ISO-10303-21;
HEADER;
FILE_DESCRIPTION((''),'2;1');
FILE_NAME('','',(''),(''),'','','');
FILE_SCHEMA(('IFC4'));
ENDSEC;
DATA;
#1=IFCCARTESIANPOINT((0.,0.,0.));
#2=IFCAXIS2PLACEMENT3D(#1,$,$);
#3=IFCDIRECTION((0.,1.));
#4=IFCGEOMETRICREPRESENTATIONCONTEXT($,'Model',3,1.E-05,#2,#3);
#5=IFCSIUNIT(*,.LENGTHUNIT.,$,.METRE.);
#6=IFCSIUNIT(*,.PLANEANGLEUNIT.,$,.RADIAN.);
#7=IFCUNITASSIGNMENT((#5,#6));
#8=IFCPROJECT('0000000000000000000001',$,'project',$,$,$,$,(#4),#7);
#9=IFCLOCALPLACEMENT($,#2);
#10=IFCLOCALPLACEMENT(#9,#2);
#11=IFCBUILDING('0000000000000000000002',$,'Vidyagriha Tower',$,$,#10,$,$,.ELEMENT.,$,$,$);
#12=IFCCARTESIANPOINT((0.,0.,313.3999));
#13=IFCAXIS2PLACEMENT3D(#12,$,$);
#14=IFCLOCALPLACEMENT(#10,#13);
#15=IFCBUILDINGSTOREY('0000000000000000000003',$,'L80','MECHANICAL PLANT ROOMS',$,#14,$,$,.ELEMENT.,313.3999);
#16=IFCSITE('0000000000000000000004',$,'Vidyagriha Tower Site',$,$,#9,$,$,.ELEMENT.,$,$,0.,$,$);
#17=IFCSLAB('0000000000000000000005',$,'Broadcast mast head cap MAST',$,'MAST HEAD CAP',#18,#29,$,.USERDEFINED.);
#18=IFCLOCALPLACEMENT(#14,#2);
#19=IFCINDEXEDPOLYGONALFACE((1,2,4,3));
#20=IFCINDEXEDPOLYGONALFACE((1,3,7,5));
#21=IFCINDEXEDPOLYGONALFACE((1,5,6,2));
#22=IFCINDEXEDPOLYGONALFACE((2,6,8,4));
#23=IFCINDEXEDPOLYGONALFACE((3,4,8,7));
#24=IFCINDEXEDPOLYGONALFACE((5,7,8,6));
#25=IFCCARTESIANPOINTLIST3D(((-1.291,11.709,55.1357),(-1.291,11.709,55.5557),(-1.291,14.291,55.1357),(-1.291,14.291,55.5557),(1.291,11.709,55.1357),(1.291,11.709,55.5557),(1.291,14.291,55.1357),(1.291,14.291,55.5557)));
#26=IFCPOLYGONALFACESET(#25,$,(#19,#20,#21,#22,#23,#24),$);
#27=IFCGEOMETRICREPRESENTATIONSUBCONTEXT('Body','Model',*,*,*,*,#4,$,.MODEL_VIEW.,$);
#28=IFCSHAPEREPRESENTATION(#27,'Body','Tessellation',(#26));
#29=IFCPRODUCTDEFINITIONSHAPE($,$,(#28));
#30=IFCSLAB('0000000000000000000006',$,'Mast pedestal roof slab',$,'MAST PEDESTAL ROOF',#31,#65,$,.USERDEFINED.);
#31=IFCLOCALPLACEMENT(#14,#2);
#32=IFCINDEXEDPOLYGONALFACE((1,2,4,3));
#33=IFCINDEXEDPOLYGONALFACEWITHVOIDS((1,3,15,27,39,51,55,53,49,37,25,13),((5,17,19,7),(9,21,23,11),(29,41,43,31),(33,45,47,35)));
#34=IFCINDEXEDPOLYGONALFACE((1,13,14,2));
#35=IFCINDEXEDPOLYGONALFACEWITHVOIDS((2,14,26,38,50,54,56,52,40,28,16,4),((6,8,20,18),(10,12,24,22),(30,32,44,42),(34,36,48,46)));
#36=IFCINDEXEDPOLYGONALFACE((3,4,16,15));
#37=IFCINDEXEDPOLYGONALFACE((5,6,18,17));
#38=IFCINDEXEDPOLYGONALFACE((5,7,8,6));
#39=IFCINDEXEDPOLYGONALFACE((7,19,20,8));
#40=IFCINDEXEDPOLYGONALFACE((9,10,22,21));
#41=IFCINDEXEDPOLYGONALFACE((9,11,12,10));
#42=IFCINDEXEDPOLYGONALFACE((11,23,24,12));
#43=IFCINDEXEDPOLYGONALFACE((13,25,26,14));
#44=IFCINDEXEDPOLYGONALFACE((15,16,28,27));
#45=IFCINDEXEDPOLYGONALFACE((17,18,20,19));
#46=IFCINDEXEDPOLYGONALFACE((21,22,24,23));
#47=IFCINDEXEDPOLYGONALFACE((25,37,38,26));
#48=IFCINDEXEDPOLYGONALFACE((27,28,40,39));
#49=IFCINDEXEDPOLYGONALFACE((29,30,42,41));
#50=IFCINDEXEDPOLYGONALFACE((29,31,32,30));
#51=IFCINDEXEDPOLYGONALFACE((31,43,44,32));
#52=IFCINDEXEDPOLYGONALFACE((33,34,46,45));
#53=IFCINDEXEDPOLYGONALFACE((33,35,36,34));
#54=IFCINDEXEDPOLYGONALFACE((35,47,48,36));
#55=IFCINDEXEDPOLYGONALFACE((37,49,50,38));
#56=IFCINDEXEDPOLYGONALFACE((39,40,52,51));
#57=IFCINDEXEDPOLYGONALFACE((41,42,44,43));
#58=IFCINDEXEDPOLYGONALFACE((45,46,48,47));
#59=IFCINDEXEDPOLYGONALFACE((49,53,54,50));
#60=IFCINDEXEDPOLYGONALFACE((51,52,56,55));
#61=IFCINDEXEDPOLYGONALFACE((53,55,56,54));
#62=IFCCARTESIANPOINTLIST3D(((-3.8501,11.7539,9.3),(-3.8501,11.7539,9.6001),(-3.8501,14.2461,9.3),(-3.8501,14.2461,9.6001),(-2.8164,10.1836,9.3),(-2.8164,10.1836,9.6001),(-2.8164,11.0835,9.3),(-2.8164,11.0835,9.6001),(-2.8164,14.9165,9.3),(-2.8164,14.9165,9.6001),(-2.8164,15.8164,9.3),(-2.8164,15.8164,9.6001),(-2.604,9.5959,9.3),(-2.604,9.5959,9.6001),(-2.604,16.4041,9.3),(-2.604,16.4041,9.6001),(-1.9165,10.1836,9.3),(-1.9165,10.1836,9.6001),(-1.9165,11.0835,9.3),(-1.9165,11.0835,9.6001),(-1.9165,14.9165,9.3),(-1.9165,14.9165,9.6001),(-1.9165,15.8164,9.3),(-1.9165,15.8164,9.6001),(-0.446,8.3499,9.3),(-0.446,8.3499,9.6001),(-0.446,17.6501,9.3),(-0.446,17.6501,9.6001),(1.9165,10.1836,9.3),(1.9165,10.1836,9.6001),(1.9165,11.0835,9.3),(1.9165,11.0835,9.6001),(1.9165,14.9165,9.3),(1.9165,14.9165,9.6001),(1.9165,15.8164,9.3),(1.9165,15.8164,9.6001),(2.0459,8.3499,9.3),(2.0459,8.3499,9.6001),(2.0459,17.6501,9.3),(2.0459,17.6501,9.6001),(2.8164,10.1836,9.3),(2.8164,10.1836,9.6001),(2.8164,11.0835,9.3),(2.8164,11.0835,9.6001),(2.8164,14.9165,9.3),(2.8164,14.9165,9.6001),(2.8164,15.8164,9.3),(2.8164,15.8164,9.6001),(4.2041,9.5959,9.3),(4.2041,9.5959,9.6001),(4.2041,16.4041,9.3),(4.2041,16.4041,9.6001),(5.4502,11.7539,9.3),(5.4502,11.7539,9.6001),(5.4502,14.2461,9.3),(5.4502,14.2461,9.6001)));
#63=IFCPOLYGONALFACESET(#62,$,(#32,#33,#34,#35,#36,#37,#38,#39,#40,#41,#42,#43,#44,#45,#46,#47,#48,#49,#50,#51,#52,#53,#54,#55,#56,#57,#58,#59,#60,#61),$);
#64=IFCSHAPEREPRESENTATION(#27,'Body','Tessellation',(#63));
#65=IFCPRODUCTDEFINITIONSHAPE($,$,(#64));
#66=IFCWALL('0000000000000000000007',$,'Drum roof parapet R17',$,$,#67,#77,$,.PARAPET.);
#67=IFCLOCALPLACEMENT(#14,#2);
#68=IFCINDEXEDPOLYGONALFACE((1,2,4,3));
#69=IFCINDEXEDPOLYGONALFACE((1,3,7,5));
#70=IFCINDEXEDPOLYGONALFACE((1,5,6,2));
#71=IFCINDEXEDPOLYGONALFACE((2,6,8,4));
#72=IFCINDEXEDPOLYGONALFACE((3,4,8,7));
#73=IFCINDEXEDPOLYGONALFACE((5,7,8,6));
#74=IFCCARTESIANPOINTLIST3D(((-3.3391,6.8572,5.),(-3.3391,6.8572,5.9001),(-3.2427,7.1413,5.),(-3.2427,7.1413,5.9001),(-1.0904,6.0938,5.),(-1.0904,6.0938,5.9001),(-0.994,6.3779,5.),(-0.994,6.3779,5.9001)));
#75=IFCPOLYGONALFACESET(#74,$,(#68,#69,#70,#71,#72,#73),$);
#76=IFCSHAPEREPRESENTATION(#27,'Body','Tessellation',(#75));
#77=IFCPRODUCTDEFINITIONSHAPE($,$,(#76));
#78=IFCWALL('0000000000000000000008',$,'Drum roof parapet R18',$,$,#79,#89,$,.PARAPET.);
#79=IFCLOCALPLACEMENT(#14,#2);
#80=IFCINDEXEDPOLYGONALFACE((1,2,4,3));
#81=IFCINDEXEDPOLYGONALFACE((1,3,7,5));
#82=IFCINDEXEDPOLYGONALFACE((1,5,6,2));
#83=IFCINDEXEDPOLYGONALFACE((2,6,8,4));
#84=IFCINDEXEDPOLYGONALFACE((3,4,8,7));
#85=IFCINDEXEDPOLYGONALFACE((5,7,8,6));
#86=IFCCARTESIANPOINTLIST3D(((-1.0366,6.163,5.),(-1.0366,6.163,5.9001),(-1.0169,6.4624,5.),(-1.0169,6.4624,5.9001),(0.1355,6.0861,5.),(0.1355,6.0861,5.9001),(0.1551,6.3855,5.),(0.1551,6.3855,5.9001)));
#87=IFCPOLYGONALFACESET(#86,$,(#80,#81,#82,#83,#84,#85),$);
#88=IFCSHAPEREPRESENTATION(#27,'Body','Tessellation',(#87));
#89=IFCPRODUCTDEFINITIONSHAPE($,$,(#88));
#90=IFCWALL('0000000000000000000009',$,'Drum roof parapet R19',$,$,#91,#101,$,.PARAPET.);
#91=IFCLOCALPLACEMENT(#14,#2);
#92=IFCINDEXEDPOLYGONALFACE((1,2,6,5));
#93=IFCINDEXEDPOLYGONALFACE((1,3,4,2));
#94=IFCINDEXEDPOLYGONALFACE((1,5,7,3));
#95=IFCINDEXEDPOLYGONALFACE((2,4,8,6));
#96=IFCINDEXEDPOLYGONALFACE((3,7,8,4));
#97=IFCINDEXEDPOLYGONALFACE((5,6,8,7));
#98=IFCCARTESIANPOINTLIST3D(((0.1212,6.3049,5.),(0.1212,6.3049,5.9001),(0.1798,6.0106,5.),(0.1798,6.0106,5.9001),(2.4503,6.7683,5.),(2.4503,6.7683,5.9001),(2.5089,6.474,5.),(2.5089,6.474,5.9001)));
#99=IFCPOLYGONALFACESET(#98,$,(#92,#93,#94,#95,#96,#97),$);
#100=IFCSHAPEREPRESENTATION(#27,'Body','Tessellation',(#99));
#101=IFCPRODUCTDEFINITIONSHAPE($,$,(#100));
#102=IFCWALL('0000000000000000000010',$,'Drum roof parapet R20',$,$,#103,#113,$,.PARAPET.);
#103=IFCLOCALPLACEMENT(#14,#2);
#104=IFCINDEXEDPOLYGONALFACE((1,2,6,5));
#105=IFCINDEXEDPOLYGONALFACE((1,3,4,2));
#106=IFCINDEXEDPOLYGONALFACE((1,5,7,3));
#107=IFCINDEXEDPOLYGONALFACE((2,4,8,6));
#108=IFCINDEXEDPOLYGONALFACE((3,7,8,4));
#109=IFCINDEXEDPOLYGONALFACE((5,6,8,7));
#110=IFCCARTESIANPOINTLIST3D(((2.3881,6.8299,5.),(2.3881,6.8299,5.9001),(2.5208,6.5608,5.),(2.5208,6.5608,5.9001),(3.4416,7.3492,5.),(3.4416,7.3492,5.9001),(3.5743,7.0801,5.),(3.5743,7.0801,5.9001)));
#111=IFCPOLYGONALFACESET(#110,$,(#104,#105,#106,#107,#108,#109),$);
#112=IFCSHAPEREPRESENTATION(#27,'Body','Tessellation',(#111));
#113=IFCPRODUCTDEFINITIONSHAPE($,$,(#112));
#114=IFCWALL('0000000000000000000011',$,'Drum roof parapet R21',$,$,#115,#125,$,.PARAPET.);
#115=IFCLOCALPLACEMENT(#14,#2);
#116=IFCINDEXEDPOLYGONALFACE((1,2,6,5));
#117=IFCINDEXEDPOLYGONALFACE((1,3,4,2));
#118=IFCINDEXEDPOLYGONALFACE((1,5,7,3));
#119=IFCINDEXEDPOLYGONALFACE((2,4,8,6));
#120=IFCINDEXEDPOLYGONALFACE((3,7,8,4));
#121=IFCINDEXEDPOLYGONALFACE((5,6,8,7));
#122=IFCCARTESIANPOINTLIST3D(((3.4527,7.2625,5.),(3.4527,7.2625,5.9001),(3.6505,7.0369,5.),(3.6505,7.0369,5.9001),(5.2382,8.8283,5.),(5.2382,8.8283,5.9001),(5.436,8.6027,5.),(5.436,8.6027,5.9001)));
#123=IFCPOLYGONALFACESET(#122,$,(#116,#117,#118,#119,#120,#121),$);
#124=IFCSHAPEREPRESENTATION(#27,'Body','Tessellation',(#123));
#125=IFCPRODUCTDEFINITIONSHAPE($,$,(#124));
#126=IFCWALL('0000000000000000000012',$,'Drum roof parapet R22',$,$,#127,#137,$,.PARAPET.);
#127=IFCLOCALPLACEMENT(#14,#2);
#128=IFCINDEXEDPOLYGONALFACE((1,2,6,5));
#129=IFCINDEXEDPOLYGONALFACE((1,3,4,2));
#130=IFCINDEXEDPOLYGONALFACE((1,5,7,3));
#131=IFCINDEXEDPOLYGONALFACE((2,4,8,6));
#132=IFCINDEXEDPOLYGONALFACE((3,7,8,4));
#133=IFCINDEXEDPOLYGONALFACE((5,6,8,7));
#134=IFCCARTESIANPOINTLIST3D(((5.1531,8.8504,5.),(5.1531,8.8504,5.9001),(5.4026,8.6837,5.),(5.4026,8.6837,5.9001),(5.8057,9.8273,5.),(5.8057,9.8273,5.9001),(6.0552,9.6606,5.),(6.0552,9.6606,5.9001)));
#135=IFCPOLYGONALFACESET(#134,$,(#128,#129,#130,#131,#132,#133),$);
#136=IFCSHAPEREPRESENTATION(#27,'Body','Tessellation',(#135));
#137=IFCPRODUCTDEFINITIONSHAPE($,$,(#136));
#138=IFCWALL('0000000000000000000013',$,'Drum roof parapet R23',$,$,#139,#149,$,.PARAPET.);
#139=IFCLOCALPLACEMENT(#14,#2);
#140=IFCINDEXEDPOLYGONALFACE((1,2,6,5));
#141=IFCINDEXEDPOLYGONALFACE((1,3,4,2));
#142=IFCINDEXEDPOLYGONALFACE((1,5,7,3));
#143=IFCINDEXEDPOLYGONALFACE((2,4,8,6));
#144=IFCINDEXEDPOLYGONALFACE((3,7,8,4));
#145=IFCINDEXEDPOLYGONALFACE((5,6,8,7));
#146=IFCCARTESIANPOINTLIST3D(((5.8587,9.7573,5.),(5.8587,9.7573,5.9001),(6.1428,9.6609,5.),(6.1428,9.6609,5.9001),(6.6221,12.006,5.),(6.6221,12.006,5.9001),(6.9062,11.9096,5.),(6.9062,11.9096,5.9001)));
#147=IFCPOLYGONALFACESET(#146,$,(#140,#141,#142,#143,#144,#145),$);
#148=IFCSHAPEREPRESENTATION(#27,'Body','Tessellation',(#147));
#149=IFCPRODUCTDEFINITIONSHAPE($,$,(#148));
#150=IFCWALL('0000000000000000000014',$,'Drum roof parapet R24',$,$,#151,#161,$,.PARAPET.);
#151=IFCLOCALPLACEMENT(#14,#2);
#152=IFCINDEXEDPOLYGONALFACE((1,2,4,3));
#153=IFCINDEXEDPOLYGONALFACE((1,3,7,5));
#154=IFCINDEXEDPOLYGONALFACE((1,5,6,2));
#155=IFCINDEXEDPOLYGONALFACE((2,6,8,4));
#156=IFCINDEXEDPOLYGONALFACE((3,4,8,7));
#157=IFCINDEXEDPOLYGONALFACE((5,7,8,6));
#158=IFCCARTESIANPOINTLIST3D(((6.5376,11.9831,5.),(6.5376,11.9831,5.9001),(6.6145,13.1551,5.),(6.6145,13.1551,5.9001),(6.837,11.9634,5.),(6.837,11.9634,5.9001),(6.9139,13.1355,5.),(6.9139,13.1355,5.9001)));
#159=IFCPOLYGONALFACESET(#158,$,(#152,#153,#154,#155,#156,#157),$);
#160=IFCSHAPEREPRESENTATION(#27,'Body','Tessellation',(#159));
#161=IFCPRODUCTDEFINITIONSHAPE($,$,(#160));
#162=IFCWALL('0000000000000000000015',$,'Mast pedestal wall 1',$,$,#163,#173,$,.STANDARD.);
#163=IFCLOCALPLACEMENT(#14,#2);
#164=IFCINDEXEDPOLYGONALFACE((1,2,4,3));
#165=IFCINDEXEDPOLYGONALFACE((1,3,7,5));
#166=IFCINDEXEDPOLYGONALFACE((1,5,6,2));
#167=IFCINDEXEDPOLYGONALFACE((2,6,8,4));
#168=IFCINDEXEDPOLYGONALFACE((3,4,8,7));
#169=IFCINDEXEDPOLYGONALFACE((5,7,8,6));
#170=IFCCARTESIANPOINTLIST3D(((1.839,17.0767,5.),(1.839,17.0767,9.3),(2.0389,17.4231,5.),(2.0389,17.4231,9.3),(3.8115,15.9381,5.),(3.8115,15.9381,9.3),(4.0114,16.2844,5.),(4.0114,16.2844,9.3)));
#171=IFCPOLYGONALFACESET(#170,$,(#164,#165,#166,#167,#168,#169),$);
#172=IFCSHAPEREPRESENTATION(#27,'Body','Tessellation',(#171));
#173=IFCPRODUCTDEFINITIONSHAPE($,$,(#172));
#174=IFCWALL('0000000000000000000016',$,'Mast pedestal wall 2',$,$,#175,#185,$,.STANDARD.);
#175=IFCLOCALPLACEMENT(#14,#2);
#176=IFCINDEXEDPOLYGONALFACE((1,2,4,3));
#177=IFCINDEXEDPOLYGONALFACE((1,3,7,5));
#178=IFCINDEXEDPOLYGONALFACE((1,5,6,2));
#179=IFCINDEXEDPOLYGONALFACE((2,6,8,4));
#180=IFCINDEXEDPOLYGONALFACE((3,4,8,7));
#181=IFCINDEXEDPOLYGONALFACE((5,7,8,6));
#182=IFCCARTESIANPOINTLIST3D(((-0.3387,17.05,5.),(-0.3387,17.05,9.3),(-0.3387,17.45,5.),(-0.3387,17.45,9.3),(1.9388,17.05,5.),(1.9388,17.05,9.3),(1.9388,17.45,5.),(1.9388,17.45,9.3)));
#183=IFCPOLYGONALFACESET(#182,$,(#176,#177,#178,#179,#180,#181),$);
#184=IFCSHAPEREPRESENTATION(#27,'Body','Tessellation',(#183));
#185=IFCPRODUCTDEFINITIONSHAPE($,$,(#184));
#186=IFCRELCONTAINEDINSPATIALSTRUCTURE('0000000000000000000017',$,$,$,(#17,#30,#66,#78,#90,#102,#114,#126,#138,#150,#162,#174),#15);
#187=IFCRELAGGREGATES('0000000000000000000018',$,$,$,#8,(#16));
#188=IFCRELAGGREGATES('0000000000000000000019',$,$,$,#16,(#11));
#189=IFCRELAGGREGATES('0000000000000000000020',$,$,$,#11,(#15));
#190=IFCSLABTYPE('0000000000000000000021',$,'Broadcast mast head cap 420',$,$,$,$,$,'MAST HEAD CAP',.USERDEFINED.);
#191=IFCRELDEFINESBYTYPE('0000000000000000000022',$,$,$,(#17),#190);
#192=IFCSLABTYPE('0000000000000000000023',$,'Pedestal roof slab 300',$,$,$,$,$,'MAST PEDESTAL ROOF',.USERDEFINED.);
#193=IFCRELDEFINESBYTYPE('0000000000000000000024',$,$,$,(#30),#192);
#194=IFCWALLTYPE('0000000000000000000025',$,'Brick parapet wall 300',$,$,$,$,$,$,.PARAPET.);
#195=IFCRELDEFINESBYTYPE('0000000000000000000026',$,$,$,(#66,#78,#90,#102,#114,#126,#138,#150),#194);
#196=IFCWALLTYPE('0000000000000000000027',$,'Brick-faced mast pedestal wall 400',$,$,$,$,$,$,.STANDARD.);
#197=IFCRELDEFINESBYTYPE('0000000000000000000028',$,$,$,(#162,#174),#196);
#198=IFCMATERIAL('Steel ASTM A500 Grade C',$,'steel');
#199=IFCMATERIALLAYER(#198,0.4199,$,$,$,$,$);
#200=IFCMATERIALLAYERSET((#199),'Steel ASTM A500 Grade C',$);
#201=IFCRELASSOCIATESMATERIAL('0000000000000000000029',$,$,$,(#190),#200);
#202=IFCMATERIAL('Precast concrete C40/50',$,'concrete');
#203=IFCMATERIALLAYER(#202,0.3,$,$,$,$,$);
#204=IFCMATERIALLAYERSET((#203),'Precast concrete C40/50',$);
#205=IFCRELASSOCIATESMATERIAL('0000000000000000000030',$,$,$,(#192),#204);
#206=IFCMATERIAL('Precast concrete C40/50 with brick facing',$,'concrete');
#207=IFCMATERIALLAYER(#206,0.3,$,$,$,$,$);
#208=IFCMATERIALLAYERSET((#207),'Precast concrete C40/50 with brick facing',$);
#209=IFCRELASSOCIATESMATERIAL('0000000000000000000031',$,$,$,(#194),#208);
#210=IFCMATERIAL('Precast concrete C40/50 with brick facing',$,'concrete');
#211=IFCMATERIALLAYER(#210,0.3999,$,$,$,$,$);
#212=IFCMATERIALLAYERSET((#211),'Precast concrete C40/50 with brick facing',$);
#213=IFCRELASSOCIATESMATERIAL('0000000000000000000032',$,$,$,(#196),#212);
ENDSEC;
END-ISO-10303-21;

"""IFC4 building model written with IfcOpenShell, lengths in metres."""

from ifc_helpers import new_model, si_unit, direction, frame, frame_2d, origin, place, context, subcontext, project, spatial, polyline, rectangle, outline, extrude, material, layer, layer_set, type_object, element, save


model = new_model("IFC4")

# Units and contexts
model_context = context("Model", 3, precision=1e-05, world=origin(), true_north=direction((0.0, 1.0)))
body_context = subcontext(model_context, "Body", "Model", "MODEL_VIEW")
ifc_project = project(units=[si_unit("LENGTHUNIT", "METRE"), si_unit("PLANEANGLEUNIT", "RADIAN")], contexts=[model_context])

# Site, building, storey
site_placement = place(None, origin())
site = spatial("IfcSite", under=ifc_project, at=site_placement, Name="Vidyagriha Tower Site", CompositionType="ELEMENT", RefElevation=0.0)
building_placement = place(site_placement, origin())
building = spatial("IfcBuilding", under=site, at=building_placement, Name="Vidyagriha Tower", CompositionType="ELEMENT")
storey_placement = place(building_placement, frame((0.0, 0.0, 313.3999)))
storey = spatial("IfcBuildingStorey", under=building, at=storey_placement, Name="L80", Description="MECHANICAL PLANT ROOMS", CompositionType="ELEMENT", Elevation=313.3999)

# Slabs
ifc_material_1 = material(Name="Steel ASTM A500 Grade C", Category="steel")
ifc_layer_1 = layer(ifc_material_1, 0.4199)
ifc_layer_set_1 = layer_set([ifc_layer_1], Name="Steel ASTM A500 Grade C")
slab_type_1 = type_object("IfcSlabType", Name="Broadcast mast head cap 420", ElementType="MAST HEAD CAP", PredefinedType="USERDEFINED", material=ifc_layer_set_1)
slab_1_placement = place(storey_placement, frame((0.0, 0.0, 55.1357)))
element("IfcSlab", 1, at=slab_1_placement, inside=storey, type_object=slab_type_1, Name="Broadcast mast head cap MAST", ObjectType="MAST HEAD CAP", PredefinedType="USERDEFINED", context=body_context, shape_type="SweptSolid", body=[
    extrude(outline(polyline([(-1.291, 11.709), (1.291, 11.709), (1.291, 14.291), (-1.291, 14.291), (-1.291, 11.709)])), origin(), (0.0, 0.0, 1.0), 0.4199),
])
ifc_material_2 = material(Name="Precast concrete C40/50", Category="concrete")
ifc_layer_2 = layer(ifc_material_2, 0.3)
ifc_layer_set_2 = layer_set([ifc_layer_2], Name="Precast concrete C40/50")
slab_type_2 = type_object("IfcSlabType", Name="Pedestal roof slab 300", ElementType="MAST PEDESTAL ROOF", PredefinedType="USERDEFINED", material=ifc_layer_set_2)
slab_2_placement = place(storey_placement, frame((0.0, 0.0, 9.3)))
element("IfcSlab", 2, at=slab_2_placement, inside=storey, type_object=slab_type_2, Name="Mast pedestal roof slab", ObjectType="MAST PEDESTAL ROOF", PredefinedType="USERDEFINED", context=body_context, shape_type="SweptSolid", body=[
    extrude(outline(polyline([(4.2041, 16.4041), (2.0459, 17.6501), (-0.446, 17.6501), (-2.604, 16.4041), (-3.8501, 14.2461), (-3.8501, 11.7539), (-2.604, 9.5959), (-0.446, 8.3499), (2.0459, 8.3499), (4.2041, 9.5959), (5.4502, 11.7539), (5.4502, 14.2461), (4.2041, 16.4041)]), holes=[polyline([(-2.8164, 10.1836), (-2.8164, 11.0835), (-1.9165, 11.0835), (-1.9165, 10.1836), (-2.8164, 10.1836)]), polyline([(1.9165, 10.1836), (1.9165, 11.0835), (2.8164, 11.0835), (2.8164, 10.1836), (1.9165, 10.1836)]), polyline([(1.9165, 14.9165), (1.9165, 15.8164), (2.8164, 15.8164), (2.8164, 14.9165), (1.9165, 14.9165)]), polyline([(-2.8164, 14.9165), (-2.8164, 15.8164), (-1.9165, 15.8164), (-1.9165, 14.9165), (-2.8164, 14.9165)])]), origin(), (0.0, 0.0, 1.0), 0.3),
])

# Walls
ifc_material_3 = material(Name="Precast concrete C40/50 with brick facing", Category="concrete")
ifc_layer_3 = layer(ifc_material_3, 0.3)
ifc_layer_set_3 = layer_set([ifc_layer_3], Name="Precast concrete C40/50 with brick facing")
wall_type_1 = type_object("IfcWallType", Name="Brick parapet wall 300", PredefinedType="PARAPET", material=ifc_layer_set_3)
wall_1_placement = place(storey_placement, frame((-3.291, 6.9993, 5.0), z_axis=(0.0, 0.0, 1.0), x_axis=(0.946921, -0.321466, 0.0)))
element("IfcWall", 3, at=wall_1_placement, inside=storey, type_object=wall_type_1, Name="Drum roof parapet R17", PredefinedType="PARAPET", context=body_context, shape_type="SweptSolid", body=[
    extrude(rectangle(XDim=2.3748, YDim=0.3, at=frame_2d((1.1875, 0.0))), origin(), (0.0, 0.0, 1.0), 0.9001),
])
wall_2_placement = place(storey_placement, frame((-1.0269, 6.3127, 5.0), z_axis=(0.0, 0.0, 1.0), x_axis=(0.997855, -0.065471, 0.0)))
element("IfcWall", 4, at=wall_2_placement, inside=storey, type_object=wall_type_1, Name="Drum roof parapet R18", PredefinedType="PARAPET", context=body_context, shape_type="SweptSolid", body=[
    extrude(rectangle(XDim=1.1746, YDim=0.3, at=frame_2d((0.5874, 0.0))), origin(), (0.0, 0.0, 1.0), 0.9001),
])
wall_3_placement = place(storey_placement, frame((0.1504, 6.1577, 5.0), z_axis=(0.0, 0.0, 1.0), x_axis=(0.980778, 0.195128, 0.0)))
element("IfcWall", 5, at=wall_3_placement, inside=storey, type_object=wall_type_1, Name="Drum roof parapet R19", PredefinedType="PARAPET", context=body_context, shape_type="SweptSolid", body=[
    extrude(rectangle(XDim=2.3748, YDim=0.3, at=frame_2d((1.1875, 0.0))), origin(), (0.0, 0.0, 1.0), 0.9001),
])
wall_4_placement = place(storey_placement, frame((2.4543, 6.6953, 5.0), z_axis=(0.0, 0.0, 1.0), x_axis=(0.896949, 0.442134, 0.0)))
element("IfcWall", 6, at=wall_4_placement, inside=storey, type_object=wall_type_1, Name="Drum roof parapet R20", PredefinedType="PARAPET", context=body_context, shape_type="SweptSolid", body=[
    extrude(rectangle(XDim=1.1746, YDim=0.3, at=frame_2d((0.5874, 0.0))), origin(), (0.0, 0.0, 1.0), 0.9001),
])
wall_5_placement = place(storey_placement, frame((3.5515, 7.1497, 5.0), z_axis=(0.0, 0.0, 1.0), x_axis=(0.751857, 0.659327, 0.0)))
element("IfcWall", 7, at=wall_5_placement, inside=storey, type_object=wall_type_1, Name="Drum roof parapet R21", PredefinedType="PARAPET", context=body_context, shape_type="SweptSolid", body=[
    extrude(rectangle(XDim=2.3748, YDim=0.3, at=frame_2d((1.1875, 0.0))), origin(), (0.0, 0.0, 1.0), 0.9001),
])
wall_6_placement = place(storey_placement, frame((5.2778, 8.7671, 5.0), z_axis=(0.0, 0.0, 1.0), x_axis=(0.555515, 0.831506, 0.0)))
element("IfcWall", 8, at=wall_6_placement, inside=storey, type_object=wall_type_1, Name="Drum roof parapet R22", PredefinedType="PARAPET", context=body_context, shape_type="SweptSolid", body=[
    extrude(rectangle(XDim=1.1748, YDim=0.3, at=frame_2d((0.5874, 0.0))), origin(), (0.0, 0.0, 1.0), 0.9001),
])
wall_7_placement = place(storey_placement, frame((6.0007, 9.709, 5.0), z_axis=(0.0, 0.0, 1.0), x_axis=(0.321466, 0.946921, 0.0)))
element("IfcWall", 9, at=wall_7_placement, inside=storey, type_object=wall_type_1, Name="Drum roof parapet R23", PredefinedType="PARAPET", context=body_context, shape_type="SweptSolid", body=[
    extrude(rectangle(XDim=2.3748, YDim=0.3, at=frame_2d((1.1875, 0.0))), origin(), (0.0, 0.0, 1.0), 0.9001),
])
wall_8_placement = place(storey_placement, frame((6.6873, 11.9731, 5.0), z_axis=(0.0, 0.0, 1.0), x_axis=(0.065471, 0.997855, 0.0)))
element("IfcWall", 10, at=wall_8_placement, inside=storey, type_object=wall_type_1, Name="Drum roof parapet R24", PredefinedType="PARAPET", context=body_context, shape_type="SweptSolid", body=[
    extrude(rectangle(XDim=1.1746, YDim=0.3, at=frame_2d((0.5874, 0.0))), origin(), (0.0, 0.0, 1.0), 0.9001),
])
ifc_material_4 = material(Name="Precast concrete C40/50 with brick facing", Category="concrete")
ifc_layer_4 = layer(ifc_material_4, 0.3999)
ifc_layer_set_4 = layer_set([ifc_layer_4], Name="Precast concrete C40/50 with brick facing")
wall_type_2 = type_object("IfcWallType", Name="Brick-faced mast pedestal wall 400", PredefinedType="STANDARD", material=ifc_layer_set_4)
for number, where, z_axis, x_axis, name in (
    (11, (3.9114, 16.1113, 5.0), (0.0, 0.0, 1.0), (-0.866071, 0.49992, 0.0), "Mast pedestal wall 1"),
    (12, (1.9387, 17.25, 5.0), (0.0, 0.0, 1.0), (-1.0, 0.0, 0.0), "Mast pedestal wall 2"),
):
    element("IfcWall", number, at=place(storey_placement, frame(where, z_axis=z_axis, x_axis=x_axis)), inside=storey, type_object=wall_type_2, Name=name, PredefinedType="STANDARD", context=body_context, shape_type="SweptSolid", body=[
        extrude(rectangle(XDim=2.2776, YDim=0.3999, at=frame_2d((1.1387, 0.0))), origin(), (0.0, 0.0, 1.0), 4.3),
    ])

save(model, "model.ifc")
